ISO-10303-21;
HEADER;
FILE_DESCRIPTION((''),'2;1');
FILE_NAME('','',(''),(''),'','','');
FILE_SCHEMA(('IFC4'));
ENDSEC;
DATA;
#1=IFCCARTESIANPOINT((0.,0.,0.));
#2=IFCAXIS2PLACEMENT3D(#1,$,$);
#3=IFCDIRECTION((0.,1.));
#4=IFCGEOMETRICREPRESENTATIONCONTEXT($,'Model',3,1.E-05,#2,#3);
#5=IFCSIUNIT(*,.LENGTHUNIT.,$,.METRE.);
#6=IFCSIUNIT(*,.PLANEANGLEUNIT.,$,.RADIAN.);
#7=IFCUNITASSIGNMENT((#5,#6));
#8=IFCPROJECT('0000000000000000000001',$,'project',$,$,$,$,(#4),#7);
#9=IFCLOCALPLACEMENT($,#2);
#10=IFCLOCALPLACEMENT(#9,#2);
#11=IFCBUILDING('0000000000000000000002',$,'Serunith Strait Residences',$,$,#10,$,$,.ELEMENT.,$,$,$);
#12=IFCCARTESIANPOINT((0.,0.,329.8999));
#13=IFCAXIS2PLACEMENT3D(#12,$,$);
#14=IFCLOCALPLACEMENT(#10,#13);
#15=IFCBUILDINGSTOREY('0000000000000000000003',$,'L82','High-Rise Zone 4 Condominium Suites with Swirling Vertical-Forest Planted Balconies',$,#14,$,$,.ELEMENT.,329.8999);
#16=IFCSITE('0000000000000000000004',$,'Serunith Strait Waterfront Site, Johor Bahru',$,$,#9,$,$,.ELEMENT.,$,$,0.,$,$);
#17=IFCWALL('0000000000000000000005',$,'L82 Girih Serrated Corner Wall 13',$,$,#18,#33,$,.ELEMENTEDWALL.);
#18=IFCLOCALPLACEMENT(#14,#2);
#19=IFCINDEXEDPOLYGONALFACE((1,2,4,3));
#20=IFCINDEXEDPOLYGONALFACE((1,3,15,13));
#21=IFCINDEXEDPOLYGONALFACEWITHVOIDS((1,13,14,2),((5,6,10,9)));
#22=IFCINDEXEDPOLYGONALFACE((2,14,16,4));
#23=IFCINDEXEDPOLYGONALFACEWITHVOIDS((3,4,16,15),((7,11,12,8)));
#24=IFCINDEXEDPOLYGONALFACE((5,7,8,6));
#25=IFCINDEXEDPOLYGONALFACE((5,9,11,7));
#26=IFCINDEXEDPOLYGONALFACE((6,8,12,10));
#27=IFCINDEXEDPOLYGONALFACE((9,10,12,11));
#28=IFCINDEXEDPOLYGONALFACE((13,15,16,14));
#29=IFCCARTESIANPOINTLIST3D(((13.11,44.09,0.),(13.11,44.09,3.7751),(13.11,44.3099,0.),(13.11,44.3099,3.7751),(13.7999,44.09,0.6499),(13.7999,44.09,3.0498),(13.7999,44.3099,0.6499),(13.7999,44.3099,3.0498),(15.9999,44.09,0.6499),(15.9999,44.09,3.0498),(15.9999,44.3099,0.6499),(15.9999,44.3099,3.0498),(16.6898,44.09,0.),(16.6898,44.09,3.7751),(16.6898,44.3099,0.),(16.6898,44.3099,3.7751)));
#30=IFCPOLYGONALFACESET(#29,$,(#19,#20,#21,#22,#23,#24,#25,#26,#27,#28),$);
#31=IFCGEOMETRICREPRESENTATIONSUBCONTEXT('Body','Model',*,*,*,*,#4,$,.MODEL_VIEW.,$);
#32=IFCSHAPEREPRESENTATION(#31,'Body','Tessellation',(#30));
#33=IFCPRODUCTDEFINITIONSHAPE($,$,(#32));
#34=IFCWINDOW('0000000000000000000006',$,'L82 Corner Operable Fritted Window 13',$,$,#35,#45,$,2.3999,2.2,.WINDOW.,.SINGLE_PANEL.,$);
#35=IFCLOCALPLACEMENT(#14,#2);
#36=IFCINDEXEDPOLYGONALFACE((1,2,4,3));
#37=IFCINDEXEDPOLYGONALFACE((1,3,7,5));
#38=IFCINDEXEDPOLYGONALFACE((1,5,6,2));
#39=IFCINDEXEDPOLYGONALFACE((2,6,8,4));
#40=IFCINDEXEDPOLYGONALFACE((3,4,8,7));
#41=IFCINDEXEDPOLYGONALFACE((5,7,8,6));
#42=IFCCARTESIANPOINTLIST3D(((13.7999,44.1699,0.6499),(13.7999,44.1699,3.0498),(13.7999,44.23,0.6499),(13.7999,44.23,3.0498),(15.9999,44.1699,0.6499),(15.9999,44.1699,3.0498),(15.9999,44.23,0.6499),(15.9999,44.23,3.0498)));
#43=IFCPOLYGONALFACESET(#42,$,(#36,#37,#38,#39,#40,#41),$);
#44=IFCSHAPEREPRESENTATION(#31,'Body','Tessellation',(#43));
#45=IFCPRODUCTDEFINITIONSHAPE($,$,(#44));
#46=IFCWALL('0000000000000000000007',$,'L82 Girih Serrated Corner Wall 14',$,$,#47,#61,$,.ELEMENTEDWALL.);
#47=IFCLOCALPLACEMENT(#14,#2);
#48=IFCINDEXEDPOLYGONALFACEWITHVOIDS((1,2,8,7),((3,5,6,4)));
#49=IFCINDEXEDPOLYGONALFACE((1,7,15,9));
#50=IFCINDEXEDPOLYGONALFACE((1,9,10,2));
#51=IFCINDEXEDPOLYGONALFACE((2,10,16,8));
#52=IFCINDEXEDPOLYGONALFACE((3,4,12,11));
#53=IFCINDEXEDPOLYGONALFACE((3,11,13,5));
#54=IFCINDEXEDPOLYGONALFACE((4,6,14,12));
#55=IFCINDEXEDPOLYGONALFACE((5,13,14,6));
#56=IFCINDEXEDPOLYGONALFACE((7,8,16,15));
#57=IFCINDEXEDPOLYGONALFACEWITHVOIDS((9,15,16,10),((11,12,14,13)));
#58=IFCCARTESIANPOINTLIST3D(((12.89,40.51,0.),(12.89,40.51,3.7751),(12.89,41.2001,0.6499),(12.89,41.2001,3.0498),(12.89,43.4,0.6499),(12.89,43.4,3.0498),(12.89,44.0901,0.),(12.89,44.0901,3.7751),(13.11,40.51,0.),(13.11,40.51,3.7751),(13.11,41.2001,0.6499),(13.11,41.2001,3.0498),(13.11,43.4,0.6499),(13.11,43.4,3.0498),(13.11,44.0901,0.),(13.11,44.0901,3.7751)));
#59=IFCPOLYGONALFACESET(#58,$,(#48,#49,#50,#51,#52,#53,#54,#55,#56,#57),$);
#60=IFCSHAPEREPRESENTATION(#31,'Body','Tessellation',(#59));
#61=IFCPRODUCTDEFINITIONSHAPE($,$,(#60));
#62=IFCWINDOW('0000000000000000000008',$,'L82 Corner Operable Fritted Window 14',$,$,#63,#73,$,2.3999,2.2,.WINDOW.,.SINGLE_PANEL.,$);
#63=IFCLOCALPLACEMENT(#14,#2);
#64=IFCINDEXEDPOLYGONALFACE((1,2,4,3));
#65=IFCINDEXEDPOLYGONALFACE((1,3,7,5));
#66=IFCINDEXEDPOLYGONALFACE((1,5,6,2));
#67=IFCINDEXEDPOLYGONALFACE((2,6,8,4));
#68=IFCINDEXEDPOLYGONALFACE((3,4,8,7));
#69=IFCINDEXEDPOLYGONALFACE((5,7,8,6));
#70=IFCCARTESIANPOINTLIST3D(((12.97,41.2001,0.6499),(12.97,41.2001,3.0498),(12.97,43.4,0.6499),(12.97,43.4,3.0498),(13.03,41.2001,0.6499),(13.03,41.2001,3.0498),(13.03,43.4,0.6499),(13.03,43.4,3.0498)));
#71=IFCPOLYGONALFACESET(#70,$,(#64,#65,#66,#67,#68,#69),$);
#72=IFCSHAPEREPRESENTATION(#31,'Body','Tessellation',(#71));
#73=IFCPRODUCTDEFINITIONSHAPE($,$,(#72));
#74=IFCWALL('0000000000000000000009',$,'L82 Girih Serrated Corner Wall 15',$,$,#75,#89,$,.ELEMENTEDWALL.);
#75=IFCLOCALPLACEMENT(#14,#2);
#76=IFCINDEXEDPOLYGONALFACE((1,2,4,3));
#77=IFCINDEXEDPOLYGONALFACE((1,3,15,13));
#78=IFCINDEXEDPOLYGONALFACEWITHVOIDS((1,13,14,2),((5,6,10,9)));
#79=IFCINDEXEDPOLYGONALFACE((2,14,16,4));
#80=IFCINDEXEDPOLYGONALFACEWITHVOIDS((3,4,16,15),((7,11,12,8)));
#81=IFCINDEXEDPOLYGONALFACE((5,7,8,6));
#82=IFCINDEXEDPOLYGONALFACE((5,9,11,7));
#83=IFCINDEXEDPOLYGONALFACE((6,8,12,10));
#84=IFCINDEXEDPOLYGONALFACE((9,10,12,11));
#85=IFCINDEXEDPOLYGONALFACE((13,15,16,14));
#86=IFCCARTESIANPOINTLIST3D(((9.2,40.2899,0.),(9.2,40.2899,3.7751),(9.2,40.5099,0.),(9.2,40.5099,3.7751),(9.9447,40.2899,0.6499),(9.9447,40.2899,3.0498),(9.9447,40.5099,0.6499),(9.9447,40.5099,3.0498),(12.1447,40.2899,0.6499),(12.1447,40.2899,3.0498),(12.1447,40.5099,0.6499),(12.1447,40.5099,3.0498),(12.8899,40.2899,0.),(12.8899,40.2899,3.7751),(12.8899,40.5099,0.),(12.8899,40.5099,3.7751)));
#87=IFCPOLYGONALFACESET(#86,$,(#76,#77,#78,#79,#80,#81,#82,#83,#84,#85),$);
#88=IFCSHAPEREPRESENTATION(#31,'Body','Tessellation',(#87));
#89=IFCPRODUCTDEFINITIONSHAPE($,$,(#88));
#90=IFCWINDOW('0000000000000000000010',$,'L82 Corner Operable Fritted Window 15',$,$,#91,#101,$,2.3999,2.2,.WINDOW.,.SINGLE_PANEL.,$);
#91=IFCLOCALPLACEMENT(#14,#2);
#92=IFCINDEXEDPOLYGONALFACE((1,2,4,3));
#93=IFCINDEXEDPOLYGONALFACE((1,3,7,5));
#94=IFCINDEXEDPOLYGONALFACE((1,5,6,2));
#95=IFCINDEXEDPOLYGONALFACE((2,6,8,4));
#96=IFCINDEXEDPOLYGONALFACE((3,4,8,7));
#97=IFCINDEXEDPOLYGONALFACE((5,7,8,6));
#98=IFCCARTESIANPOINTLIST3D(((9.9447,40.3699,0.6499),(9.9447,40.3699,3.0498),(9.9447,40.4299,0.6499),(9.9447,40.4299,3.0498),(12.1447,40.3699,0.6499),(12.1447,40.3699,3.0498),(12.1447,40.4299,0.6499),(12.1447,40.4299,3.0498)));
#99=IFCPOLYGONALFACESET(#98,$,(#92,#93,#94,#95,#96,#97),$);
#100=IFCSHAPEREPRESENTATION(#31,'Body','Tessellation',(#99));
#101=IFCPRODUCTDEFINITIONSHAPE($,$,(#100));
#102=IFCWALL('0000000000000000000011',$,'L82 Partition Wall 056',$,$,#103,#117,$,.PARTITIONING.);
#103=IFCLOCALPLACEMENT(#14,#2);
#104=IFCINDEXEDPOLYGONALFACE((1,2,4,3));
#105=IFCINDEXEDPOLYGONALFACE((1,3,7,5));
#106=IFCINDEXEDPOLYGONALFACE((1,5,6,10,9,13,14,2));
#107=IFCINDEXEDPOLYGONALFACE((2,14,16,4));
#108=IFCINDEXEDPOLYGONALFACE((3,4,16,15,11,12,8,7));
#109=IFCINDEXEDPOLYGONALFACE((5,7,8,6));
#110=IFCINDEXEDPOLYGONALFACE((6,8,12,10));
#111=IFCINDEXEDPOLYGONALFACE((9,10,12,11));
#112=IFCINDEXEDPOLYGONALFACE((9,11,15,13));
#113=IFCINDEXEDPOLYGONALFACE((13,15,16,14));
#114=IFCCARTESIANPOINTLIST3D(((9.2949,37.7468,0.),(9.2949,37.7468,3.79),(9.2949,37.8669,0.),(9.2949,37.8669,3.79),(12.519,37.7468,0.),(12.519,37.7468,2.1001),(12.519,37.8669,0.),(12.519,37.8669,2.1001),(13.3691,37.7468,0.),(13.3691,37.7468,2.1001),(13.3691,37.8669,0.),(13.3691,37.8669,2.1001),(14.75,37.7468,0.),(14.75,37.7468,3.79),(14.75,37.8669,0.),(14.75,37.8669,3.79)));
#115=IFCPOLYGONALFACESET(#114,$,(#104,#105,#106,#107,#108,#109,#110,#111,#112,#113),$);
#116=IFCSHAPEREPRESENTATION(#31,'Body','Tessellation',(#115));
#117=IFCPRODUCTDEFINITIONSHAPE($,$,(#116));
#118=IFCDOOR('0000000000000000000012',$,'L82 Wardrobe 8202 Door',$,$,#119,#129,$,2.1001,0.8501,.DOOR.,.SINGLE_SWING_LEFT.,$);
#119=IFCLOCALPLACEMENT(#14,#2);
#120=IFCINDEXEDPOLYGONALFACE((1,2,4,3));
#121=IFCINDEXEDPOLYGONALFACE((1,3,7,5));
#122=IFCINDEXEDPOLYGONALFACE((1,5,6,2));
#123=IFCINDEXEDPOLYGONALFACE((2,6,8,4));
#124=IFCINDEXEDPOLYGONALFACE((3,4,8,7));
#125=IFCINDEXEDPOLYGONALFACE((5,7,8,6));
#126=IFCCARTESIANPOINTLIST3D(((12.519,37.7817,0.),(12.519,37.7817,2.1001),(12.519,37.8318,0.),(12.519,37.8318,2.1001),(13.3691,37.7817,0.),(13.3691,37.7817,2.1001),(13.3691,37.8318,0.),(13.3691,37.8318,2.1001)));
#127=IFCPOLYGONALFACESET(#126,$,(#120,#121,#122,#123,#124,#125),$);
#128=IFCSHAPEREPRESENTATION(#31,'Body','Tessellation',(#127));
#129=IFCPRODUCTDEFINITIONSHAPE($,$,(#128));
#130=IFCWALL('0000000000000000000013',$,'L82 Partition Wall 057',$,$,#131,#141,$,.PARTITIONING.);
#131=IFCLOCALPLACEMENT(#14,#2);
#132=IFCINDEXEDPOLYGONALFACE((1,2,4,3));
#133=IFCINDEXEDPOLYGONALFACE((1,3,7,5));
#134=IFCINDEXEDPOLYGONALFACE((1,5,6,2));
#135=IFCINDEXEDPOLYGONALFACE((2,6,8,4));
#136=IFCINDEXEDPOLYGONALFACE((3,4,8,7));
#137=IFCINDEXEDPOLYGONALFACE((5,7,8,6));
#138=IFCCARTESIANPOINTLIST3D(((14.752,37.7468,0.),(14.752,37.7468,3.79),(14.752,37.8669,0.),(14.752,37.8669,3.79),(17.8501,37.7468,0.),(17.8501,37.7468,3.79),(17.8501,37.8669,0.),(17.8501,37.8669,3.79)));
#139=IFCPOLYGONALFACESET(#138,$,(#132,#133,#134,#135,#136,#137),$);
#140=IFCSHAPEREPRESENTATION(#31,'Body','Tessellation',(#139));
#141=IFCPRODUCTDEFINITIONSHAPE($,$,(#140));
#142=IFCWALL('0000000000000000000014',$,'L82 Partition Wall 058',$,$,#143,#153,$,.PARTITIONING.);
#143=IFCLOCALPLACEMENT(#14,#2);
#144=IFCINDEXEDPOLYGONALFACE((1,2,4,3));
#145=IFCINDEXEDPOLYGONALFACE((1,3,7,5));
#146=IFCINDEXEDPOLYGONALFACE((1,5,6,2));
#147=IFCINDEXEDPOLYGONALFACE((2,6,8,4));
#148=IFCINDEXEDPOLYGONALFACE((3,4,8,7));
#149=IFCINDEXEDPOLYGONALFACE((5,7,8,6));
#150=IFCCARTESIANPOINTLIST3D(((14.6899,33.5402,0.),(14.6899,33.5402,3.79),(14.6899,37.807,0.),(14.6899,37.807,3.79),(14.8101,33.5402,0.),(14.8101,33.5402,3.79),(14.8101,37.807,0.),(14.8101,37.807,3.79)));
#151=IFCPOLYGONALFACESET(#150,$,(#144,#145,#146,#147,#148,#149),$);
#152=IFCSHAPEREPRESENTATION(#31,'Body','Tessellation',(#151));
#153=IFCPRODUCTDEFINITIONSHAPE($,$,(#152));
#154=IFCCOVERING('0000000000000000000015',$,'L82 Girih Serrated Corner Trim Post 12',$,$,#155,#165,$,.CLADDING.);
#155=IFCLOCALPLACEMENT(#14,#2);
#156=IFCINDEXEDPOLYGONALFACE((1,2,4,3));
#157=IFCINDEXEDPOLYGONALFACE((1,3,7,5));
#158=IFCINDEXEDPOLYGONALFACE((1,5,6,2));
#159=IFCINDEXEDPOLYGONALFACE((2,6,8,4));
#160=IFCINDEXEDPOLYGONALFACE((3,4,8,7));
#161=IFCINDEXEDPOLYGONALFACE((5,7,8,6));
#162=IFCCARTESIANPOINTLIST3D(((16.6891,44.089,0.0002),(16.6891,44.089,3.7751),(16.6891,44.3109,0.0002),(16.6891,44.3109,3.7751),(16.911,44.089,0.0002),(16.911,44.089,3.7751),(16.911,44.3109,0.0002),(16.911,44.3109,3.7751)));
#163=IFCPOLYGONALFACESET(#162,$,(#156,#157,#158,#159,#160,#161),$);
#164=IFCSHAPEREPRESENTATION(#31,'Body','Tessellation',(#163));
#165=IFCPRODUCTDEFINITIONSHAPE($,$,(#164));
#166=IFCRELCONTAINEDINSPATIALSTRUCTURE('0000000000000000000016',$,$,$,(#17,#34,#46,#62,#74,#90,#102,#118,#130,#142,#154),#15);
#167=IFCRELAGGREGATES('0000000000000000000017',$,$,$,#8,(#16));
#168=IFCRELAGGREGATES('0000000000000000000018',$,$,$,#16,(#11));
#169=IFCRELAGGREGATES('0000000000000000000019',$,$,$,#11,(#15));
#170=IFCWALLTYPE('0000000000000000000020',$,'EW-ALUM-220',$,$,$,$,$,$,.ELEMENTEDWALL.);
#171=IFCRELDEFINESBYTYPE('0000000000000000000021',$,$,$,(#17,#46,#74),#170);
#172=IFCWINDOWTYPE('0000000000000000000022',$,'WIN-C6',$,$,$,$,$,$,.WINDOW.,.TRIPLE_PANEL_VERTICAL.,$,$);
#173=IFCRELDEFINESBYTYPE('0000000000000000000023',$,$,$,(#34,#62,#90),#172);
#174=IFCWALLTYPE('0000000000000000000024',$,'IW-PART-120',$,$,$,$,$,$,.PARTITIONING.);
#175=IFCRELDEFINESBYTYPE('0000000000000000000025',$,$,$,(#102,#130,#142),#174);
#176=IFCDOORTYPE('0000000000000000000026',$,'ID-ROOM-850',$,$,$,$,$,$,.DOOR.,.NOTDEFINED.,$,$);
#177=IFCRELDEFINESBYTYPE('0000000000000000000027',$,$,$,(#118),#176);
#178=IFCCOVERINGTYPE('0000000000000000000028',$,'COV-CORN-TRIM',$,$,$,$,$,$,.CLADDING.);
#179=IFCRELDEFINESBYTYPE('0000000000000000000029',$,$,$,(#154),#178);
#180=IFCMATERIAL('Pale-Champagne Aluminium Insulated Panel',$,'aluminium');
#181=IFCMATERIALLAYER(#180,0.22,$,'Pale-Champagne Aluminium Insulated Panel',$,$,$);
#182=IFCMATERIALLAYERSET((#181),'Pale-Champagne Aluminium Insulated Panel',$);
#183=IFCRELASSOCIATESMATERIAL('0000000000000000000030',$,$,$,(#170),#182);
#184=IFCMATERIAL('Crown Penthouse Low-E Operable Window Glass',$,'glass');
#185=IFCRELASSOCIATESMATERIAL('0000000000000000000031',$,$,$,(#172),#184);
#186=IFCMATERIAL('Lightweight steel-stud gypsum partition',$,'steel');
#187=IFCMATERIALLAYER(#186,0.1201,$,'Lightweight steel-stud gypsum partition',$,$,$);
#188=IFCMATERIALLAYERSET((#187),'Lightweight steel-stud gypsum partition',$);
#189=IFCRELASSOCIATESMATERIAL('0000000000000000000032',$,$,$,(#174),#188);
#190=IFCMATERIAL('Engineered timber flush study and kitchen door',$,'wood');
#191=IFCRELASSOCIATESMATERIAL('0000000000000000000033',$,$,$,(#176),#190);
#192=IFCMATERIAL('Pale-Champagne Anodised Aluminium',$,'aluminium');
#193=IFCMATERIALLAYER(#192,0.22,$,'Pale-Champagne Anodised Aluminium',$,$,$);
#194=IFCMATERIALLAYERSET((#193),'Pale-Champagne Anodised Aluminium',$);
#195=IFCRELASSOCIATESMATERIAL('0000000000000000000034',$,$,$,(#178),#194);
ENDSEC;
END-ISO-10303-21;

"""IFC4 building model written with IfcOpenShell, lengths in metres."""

from ifc_helpers import new_model, si_unit, direction, frame, frame_2d, origin, origin_2d, place, context, subcontext, project, spatial, rectangle, extrude, source, transform, mapped, material, layer, layer_set, type_object, element, fill, save


model = new_model("IFC4")

# Units and contexts
model_context = context("Model", 3, precision=1e-05, world=origin(), true_north=direction((0.0, 1.0)))
body_context = subcontext(model_context, "Body", "Model", "MODEL_VIEW")
ifc_project = project(units=[si_unit("LENGTHUNIT", "METRE"), si_unit("PLANEANGLEUNIT", "RADIAN")], contexts=[model_context])

# Site, building, storey
site_placement = place(None, origin())
site = spatial("IfcSite", under=ifc_project, at=site_placement, Name="Serunith Strait Waterfront Site, Johor Bahru", CompositionType="ELEMENT", RefElevation=0.0)
building_placement = place(site_placement, origin())
building = spatial("IfcBuilding", under=site, at=building_placement, Name="Serunith Strait Residences", CompositionType="ELEMENT")
storey_placement = place(building_placement, frame((0.0, 0.0, 329.8999)))
storey = spatial("IfcBuildingStorey", under=building, at=storey_placement, Name="L82", Description="High-Rise Zone 4 Condominium Suites with Swirling Vertical-Forest Planted Balconies", CompositionType="ELEMENT", Elevation=329.8999)

# Walls, openings, windows
ifc_material_1 = material(Name="Pale-Champagne Aluminium Insulated Panel", Category="aluminium")
ifc_layer_1 = layer(ifc_material_1, 0.22, Name="Pale-Champagne Aluminium Insulated Panel")
ifc_layer_set_1 = layer_set([ifc_layer_1], Name="Pale-Champagne Aluminium Insulated Panel")
wall_type_1 = type_object("IfcWallType", Name="EW-ALUM-220", PredefinedType="ELEMENTEDWALL", material=ifc_layer_set_1)
ifc_material_2 = material(Name="Crown Penthouse Low-E Operable Window Glass", Category="glass")
window_type = type_object("IfcWindowType", Name="WIN-C6", PartitioningType="TRIPLE_PANEL_VERTICAL", PredefinedType="WINDOW", material=ifc_material_2)
shared_shape_1 = source(origin(), body_context, "Body", "SweptSolid", [
    extrude(rectangle(XDim=2.2, YDim=2.3999, at=frame_2d((1.1001, 1.2))), frame((0.0, 0.03, 0.0), z_axis=(0.0, -1.0, 0.0), x_axis=(1.0, 0.0, 0.0)), (0.0, 0.0, 1.0), 0.0601),
])
wall_1_placement = place(storey_placement, frame((16.6899, 44.2, 0.0), z_axis=(0.0, 0.0, 1.0), x_axis=(-1.0, 0.0, 0.0)))
wall_1 = element("IfcWall", 1, at=wall_1_placement, inside=storey, type_object=wall_type_1, Name="L82 Girih Serrated Corner Wall 13", PredefinedType="ELEMENTEDWALL", context=body_context, shape_type="SweptSolid", body=[
    extrude(rectangle(XDim=3.5798, YDim=0.22, at=frame_2d((1.79, 0.0))), origin(), (0.0, 0.0, 1.0), 3.7751),
])
opening_1_placement = place(wall_1_placement, frame((0.6899, 0.0, 0.6499)))
opening_1 = element("IfcOpeningElement", 2, at=opening_1_placement, cuts=wall_1, PredefinedType="OPENING", context=body_context, shape_type="SweptSolid", body=[
    extrude(rectangle(XDim=2.2, YDim=2.3999, at=frame_2d((1.1001, 1.2))), frame((0.0, 0.1201, 0.0), z_axis=(0.0, -1.0, 0.0), x_axis=(1.0, 0.0, 0.0)), (0.0, 0.0, 1.0), 0.24),
])
window_1_placement = place(opening_1_placement, origin())
window_1 = element("IfcWindow", 3, at=window_1_placement, inside=storey, type_object=window_type, Name="L82 Corner Operable Fritted Window 13", OverallHeight=2.3999, OverallWidth=2.2, PartitioningType="SINGLE_PANEL", PredefinedType="WINDOW", context=body_context, shape_type="MappedRepresentation", body=[
    mapped(shared_shape_1, transform((0.0, 0.0, 0.0), scale=1.0)),
])
fill(opening_1, window_1)
wall_2_placement = place(storey_placement, frame((13.0, 44.0901, 0.0), z_axis=(0.0, 0.0, 1.0), x_axis=(0.0, -1.0, 0.0)))
wall_2 = element("IfcWall", 4, at=wall_2_placement, inside=storey, type_object=wall_type_1, Name="L82 Girih Serrated Corner Wall 14", PredefinedType="ELEMENTEDWALL", context=body_context, shape_type="SweptSolid", body=[
    extrude(rectangle(XDim=3.5801, YDim=0.22, at=frame_2d((1.79, 0.0))), origin(), (0.0, 0.0, 1.0), 3.7751),
])
opening_2_placement = place(wall_2_placement, frame((0.6899, 0.0, 0.6499)))
opening_2 = element("IfcOpeningElement", 5, at=opening_2_placement, cuts=wall_2, PredefinedType="OPENING", context=body_context, shape_type="SweptSolid", body=[
    extrude(rectangle(XDim=2.2, YDim=2.3999, at=frame_2d((1.1001, 1.2))), frame((0.0, 0.1201, 0.0), z_axis=(0.0, -1.0, 0.0), x_axis=(1.0, 0.0, 0.0)), (0.0, 0.0, 1.0), 0.24),
])
window_2_placement = place(opening_2_placement, origin())
window_2 = element("IfcWindow", 6, at=window_2_placement, inside=storey, type_object=window_type, Name="L82 Corner Operable Fritted Window 14", OverallHeight=2.3999, OverallWidth=2.2, PartitioningType="SINGLE_PANEL", PredefinedType="WINDOW", context=body_context, shape_type="MappedRepresentation", body=[
    mapped(shared_shape_1, transform((0.0, 0.0, 0.0), scale=1.0)),
])
fill(opening_2, window_2)
wall_3_placement = place(storey_placement, frame((12.8899, 40.3999, 0.0), z_axis=(0.0, 0.0, 1.0), x_axis=(-1.0, 0.0, 0.0)))
wall_3 = element("IfcWall", 7, at=wall_3_placement, inside=storey, type_object=wall_type_1, Name="L82 Girih Serrated Corner Wall 15", PredefinedType="ELEMENTEDWALL", context=body_context, shape_type="SweptSolid", body=[
    extrude(rectangle(XDim=3.6899, YDim=0.22, at=frame_2d((1.845, 0.0))), origin(), (0.0, 0.0, 1.0), 3.7751),
])
opening_3_placement = place(wall_3_placement, frame((0.7451, 0.0, 0.6499)))
opening_3 = element("IfcOpeningElement", 8, at=opening_3_placement, cuts=wall_3, PredefinedType="OPENING", context=body_context, shape_type="SweptSolid", body=[
    extrude(rectangle(XDim=2.2, YDim=2.3999, at=frame_2d((1.1001, 1.2))), frame((0.0, 0.1201, 0.0), z_axis=(0.0, -1.0, 0.0), x_axis=(1.0, 0.0, 0.0)), (0.0, 0.0, 1.0), 0.24),
])
window_3_placement = place(opening_3_placement, origin())
window_3 = element("IfcWindow", 9, at=window_3_placement, inside=storey, type_object=window_type, Name="L82 Corner Operable Fritted Window 15", OverallHeight=2.3999, OverallWidth=2.2, PartitioningType="SINGLE_PANEL", PredefinedType="WINDOW", context=body_context, shape_type="MappedRepresentation", body=[
    mapped(shared_shape_1, transform((0.0, 0.0, 0.0), scale=1.0)),
])
fill(opening_3, window_3)

# Wall, opening, door
ifc_material_3 = material(Name="Lightweight steel-stud gypsum partition", Category="steel")
ifc_layer_2 = layer(ifc_material_3, 0.1201, Name="Lightweight steel-stud gypsum partition")
ifc_layer_set_2 = layer_set([ifc_layer_2], Name="Lightweight steel-stud gypsum partition")
wall_type_2 = type_object("IfcWallType", Name="IW-PART-120", PredefinedType="PARTITIONING", material=ifc_layer_set_2)
wall_4_placement = place(storey_placement, frame((9.2949, 37.8069, 0.0), z_axis=(0.0, 0.0, 1.0), x_axis=(1.0, 0.0, 0.0)))
wall_4 = element("IfcWall", 10, at=wall_4_placement, inside=storey, type_object=wall_type_2, Name="L82 Partition Wall 056", PredefinedType="PARTITIONING", context=body_context, shape_type="SweptSolid", body=[
    extrude(rectangle(XDim=5.4551, YDim=0.1201, at=frame_2d((2.7275, 0.0))), origin(), (0.0, 0.0, 1.0), 3.79),
])
opening_4_placement = place(wall_4_placement, frame((3.2241, 0.0, 0.0)))
opening_4 = element("IfcOpeningElement", 11, at=opening_4_placement, cuts=wall_4, PredefinedType="OPENING", context=body_context, shape_type="SweptSolid", body=[
    extrude(rectangle(XDim=0.8501, YDim=2.1001, at=frame_2d((0.425, 1.05))), frame((0.0, 0.0701, 0.0), z_axis=(0.0, -1.0, 0.0), x_axis=(1.0, 0.0, 0.0)), (0.0, 0.0, 1.0), 0.1401),
])
ifc_material_4 = material(Name="Engineered timber flush study and kitchen door", Category="wood")
door_type = type_object("IfcDoorType", Name="ID-ROOM-850", OperationType="NOTDEFINED", PredefinedType="DOOR", material=ifc_material_4)
shared_shape_2 = source(origin(), body_context, "Body", "SweptSolid", [
    extrude(rectangle(XDim=0.8501, YDim=2.1001, at=frame_2d((0.425, 1.05))), frame((0.0, 0.0249, 0.0), z_axis=(0.0, -1.0, 0.0), x_axis=(1.0, 0.0, 0.0)), (0.0, 0.0, 1.0), 0.05),
])
door_placement = place(opening_4_placement, origin())
door = element("IfcDoor", 12, at=door_placement, inside=storey, type_object=door_type, Name="L82 Wardrobe 8202 Door", OperationType="SINGLE_SWING_LEFT", OverallHeight=2.1001, OverallWidth=0.8501, PredefinedType="DOOR", context=body_context, shape_type="MappedRepresentation", body=[
    mapped(shared_shape_2, transform((0.0, 0.0, 0.0), scale=1.0)),
])
fill(opening_4, door)

# Walls
wall_5_placement = place(storey_placement, frame((14.752, 37.8069, 0.0), z_axis=(0.0, 0.0, 1.0), x_axis=(1.0, 0.0, 0.0)))
element("IfcWall", 13, at=wall_5_placement, inside=storey, type_object=wall_type_2, Name="L82 Partition Wall 057", PredefinedType="PARTITIONING", context=body_context, shape_type="SweptSolid", body=[
    extrude(rectangle(XDim=3.0981, YDim=0.1201, at=frame_2d((1.5491, 0.0))), origin(), (0.0, 0.0, 1.0), 3.79),
])
wall_6_placement = place(storey_placement, frame((14.75, 37.8069, 0.0), z_axis=(0.0, 0.0, 1.0), x_axis=(0.0, -1.0, 0.0)))
element("IfcWall", 14, at=wall_6_placement, inside=storey, type_object=wall_type_2, Name="L82 Partition Wall 058", PredefinedType="PARTITIONING", context=body_context, shape_type="SweptSolid", body=[
    extrude(rectangle(XDim=4.2668, YDim=0.1201, at=frame_2d((2.1333, 0.0))), origin(), (0.0, 0.0, 1.0), 3.79),
])

# Covering
ifc_material_5 = material(Name="Pale-Champagne Anodised Aluminium", Category="aluminium")
ifc_layer_3 = layer(ifc_material_5, 0.22, Name="Pale-Champagne Anodised Aluminium")
ifc_layer_set_3 = layer_set([ifc_layer_3], Name="Pale-Champagne Anodised Aluminium")
covering_type = type_object("IfcCoveringType", Name="COV-CORN-TRIM", PredefinedType="CLADDING", material=ifc_layer_set_3)
shared_shape_3 = source(origin(), body_context, "Body", "SweptSolid", [
    extrude(rectangle(XDim=0.2219, YDim=0.2219, at=origin_2d()), origin(), (0.0, 0.0, 1.0), 3.7749),
])
for number, where, z_axis, x_axis, name in (
    (15, (16.8, 44.2, 0.0002), (0.0, 0.0, 1.0), (1.0, 0.0, 0.0), "L82 Girih Serrated Corner Trim Post 12"),
):
    element("IfcCovering", number, at=place(storey_placement, frame(where, z_axis=z_axis, x_axis=x_axis)), inside=storey, type_object=covering_type, Name=name, PredefinedType="CLADDING", context=body_context, shape_type="MappedRepresentation", body=[
        mapped(shared_shape_3, transform((0.0, 0.0, 0.0), scale=1.0)),
    ])

save(model, "model.ifc")
